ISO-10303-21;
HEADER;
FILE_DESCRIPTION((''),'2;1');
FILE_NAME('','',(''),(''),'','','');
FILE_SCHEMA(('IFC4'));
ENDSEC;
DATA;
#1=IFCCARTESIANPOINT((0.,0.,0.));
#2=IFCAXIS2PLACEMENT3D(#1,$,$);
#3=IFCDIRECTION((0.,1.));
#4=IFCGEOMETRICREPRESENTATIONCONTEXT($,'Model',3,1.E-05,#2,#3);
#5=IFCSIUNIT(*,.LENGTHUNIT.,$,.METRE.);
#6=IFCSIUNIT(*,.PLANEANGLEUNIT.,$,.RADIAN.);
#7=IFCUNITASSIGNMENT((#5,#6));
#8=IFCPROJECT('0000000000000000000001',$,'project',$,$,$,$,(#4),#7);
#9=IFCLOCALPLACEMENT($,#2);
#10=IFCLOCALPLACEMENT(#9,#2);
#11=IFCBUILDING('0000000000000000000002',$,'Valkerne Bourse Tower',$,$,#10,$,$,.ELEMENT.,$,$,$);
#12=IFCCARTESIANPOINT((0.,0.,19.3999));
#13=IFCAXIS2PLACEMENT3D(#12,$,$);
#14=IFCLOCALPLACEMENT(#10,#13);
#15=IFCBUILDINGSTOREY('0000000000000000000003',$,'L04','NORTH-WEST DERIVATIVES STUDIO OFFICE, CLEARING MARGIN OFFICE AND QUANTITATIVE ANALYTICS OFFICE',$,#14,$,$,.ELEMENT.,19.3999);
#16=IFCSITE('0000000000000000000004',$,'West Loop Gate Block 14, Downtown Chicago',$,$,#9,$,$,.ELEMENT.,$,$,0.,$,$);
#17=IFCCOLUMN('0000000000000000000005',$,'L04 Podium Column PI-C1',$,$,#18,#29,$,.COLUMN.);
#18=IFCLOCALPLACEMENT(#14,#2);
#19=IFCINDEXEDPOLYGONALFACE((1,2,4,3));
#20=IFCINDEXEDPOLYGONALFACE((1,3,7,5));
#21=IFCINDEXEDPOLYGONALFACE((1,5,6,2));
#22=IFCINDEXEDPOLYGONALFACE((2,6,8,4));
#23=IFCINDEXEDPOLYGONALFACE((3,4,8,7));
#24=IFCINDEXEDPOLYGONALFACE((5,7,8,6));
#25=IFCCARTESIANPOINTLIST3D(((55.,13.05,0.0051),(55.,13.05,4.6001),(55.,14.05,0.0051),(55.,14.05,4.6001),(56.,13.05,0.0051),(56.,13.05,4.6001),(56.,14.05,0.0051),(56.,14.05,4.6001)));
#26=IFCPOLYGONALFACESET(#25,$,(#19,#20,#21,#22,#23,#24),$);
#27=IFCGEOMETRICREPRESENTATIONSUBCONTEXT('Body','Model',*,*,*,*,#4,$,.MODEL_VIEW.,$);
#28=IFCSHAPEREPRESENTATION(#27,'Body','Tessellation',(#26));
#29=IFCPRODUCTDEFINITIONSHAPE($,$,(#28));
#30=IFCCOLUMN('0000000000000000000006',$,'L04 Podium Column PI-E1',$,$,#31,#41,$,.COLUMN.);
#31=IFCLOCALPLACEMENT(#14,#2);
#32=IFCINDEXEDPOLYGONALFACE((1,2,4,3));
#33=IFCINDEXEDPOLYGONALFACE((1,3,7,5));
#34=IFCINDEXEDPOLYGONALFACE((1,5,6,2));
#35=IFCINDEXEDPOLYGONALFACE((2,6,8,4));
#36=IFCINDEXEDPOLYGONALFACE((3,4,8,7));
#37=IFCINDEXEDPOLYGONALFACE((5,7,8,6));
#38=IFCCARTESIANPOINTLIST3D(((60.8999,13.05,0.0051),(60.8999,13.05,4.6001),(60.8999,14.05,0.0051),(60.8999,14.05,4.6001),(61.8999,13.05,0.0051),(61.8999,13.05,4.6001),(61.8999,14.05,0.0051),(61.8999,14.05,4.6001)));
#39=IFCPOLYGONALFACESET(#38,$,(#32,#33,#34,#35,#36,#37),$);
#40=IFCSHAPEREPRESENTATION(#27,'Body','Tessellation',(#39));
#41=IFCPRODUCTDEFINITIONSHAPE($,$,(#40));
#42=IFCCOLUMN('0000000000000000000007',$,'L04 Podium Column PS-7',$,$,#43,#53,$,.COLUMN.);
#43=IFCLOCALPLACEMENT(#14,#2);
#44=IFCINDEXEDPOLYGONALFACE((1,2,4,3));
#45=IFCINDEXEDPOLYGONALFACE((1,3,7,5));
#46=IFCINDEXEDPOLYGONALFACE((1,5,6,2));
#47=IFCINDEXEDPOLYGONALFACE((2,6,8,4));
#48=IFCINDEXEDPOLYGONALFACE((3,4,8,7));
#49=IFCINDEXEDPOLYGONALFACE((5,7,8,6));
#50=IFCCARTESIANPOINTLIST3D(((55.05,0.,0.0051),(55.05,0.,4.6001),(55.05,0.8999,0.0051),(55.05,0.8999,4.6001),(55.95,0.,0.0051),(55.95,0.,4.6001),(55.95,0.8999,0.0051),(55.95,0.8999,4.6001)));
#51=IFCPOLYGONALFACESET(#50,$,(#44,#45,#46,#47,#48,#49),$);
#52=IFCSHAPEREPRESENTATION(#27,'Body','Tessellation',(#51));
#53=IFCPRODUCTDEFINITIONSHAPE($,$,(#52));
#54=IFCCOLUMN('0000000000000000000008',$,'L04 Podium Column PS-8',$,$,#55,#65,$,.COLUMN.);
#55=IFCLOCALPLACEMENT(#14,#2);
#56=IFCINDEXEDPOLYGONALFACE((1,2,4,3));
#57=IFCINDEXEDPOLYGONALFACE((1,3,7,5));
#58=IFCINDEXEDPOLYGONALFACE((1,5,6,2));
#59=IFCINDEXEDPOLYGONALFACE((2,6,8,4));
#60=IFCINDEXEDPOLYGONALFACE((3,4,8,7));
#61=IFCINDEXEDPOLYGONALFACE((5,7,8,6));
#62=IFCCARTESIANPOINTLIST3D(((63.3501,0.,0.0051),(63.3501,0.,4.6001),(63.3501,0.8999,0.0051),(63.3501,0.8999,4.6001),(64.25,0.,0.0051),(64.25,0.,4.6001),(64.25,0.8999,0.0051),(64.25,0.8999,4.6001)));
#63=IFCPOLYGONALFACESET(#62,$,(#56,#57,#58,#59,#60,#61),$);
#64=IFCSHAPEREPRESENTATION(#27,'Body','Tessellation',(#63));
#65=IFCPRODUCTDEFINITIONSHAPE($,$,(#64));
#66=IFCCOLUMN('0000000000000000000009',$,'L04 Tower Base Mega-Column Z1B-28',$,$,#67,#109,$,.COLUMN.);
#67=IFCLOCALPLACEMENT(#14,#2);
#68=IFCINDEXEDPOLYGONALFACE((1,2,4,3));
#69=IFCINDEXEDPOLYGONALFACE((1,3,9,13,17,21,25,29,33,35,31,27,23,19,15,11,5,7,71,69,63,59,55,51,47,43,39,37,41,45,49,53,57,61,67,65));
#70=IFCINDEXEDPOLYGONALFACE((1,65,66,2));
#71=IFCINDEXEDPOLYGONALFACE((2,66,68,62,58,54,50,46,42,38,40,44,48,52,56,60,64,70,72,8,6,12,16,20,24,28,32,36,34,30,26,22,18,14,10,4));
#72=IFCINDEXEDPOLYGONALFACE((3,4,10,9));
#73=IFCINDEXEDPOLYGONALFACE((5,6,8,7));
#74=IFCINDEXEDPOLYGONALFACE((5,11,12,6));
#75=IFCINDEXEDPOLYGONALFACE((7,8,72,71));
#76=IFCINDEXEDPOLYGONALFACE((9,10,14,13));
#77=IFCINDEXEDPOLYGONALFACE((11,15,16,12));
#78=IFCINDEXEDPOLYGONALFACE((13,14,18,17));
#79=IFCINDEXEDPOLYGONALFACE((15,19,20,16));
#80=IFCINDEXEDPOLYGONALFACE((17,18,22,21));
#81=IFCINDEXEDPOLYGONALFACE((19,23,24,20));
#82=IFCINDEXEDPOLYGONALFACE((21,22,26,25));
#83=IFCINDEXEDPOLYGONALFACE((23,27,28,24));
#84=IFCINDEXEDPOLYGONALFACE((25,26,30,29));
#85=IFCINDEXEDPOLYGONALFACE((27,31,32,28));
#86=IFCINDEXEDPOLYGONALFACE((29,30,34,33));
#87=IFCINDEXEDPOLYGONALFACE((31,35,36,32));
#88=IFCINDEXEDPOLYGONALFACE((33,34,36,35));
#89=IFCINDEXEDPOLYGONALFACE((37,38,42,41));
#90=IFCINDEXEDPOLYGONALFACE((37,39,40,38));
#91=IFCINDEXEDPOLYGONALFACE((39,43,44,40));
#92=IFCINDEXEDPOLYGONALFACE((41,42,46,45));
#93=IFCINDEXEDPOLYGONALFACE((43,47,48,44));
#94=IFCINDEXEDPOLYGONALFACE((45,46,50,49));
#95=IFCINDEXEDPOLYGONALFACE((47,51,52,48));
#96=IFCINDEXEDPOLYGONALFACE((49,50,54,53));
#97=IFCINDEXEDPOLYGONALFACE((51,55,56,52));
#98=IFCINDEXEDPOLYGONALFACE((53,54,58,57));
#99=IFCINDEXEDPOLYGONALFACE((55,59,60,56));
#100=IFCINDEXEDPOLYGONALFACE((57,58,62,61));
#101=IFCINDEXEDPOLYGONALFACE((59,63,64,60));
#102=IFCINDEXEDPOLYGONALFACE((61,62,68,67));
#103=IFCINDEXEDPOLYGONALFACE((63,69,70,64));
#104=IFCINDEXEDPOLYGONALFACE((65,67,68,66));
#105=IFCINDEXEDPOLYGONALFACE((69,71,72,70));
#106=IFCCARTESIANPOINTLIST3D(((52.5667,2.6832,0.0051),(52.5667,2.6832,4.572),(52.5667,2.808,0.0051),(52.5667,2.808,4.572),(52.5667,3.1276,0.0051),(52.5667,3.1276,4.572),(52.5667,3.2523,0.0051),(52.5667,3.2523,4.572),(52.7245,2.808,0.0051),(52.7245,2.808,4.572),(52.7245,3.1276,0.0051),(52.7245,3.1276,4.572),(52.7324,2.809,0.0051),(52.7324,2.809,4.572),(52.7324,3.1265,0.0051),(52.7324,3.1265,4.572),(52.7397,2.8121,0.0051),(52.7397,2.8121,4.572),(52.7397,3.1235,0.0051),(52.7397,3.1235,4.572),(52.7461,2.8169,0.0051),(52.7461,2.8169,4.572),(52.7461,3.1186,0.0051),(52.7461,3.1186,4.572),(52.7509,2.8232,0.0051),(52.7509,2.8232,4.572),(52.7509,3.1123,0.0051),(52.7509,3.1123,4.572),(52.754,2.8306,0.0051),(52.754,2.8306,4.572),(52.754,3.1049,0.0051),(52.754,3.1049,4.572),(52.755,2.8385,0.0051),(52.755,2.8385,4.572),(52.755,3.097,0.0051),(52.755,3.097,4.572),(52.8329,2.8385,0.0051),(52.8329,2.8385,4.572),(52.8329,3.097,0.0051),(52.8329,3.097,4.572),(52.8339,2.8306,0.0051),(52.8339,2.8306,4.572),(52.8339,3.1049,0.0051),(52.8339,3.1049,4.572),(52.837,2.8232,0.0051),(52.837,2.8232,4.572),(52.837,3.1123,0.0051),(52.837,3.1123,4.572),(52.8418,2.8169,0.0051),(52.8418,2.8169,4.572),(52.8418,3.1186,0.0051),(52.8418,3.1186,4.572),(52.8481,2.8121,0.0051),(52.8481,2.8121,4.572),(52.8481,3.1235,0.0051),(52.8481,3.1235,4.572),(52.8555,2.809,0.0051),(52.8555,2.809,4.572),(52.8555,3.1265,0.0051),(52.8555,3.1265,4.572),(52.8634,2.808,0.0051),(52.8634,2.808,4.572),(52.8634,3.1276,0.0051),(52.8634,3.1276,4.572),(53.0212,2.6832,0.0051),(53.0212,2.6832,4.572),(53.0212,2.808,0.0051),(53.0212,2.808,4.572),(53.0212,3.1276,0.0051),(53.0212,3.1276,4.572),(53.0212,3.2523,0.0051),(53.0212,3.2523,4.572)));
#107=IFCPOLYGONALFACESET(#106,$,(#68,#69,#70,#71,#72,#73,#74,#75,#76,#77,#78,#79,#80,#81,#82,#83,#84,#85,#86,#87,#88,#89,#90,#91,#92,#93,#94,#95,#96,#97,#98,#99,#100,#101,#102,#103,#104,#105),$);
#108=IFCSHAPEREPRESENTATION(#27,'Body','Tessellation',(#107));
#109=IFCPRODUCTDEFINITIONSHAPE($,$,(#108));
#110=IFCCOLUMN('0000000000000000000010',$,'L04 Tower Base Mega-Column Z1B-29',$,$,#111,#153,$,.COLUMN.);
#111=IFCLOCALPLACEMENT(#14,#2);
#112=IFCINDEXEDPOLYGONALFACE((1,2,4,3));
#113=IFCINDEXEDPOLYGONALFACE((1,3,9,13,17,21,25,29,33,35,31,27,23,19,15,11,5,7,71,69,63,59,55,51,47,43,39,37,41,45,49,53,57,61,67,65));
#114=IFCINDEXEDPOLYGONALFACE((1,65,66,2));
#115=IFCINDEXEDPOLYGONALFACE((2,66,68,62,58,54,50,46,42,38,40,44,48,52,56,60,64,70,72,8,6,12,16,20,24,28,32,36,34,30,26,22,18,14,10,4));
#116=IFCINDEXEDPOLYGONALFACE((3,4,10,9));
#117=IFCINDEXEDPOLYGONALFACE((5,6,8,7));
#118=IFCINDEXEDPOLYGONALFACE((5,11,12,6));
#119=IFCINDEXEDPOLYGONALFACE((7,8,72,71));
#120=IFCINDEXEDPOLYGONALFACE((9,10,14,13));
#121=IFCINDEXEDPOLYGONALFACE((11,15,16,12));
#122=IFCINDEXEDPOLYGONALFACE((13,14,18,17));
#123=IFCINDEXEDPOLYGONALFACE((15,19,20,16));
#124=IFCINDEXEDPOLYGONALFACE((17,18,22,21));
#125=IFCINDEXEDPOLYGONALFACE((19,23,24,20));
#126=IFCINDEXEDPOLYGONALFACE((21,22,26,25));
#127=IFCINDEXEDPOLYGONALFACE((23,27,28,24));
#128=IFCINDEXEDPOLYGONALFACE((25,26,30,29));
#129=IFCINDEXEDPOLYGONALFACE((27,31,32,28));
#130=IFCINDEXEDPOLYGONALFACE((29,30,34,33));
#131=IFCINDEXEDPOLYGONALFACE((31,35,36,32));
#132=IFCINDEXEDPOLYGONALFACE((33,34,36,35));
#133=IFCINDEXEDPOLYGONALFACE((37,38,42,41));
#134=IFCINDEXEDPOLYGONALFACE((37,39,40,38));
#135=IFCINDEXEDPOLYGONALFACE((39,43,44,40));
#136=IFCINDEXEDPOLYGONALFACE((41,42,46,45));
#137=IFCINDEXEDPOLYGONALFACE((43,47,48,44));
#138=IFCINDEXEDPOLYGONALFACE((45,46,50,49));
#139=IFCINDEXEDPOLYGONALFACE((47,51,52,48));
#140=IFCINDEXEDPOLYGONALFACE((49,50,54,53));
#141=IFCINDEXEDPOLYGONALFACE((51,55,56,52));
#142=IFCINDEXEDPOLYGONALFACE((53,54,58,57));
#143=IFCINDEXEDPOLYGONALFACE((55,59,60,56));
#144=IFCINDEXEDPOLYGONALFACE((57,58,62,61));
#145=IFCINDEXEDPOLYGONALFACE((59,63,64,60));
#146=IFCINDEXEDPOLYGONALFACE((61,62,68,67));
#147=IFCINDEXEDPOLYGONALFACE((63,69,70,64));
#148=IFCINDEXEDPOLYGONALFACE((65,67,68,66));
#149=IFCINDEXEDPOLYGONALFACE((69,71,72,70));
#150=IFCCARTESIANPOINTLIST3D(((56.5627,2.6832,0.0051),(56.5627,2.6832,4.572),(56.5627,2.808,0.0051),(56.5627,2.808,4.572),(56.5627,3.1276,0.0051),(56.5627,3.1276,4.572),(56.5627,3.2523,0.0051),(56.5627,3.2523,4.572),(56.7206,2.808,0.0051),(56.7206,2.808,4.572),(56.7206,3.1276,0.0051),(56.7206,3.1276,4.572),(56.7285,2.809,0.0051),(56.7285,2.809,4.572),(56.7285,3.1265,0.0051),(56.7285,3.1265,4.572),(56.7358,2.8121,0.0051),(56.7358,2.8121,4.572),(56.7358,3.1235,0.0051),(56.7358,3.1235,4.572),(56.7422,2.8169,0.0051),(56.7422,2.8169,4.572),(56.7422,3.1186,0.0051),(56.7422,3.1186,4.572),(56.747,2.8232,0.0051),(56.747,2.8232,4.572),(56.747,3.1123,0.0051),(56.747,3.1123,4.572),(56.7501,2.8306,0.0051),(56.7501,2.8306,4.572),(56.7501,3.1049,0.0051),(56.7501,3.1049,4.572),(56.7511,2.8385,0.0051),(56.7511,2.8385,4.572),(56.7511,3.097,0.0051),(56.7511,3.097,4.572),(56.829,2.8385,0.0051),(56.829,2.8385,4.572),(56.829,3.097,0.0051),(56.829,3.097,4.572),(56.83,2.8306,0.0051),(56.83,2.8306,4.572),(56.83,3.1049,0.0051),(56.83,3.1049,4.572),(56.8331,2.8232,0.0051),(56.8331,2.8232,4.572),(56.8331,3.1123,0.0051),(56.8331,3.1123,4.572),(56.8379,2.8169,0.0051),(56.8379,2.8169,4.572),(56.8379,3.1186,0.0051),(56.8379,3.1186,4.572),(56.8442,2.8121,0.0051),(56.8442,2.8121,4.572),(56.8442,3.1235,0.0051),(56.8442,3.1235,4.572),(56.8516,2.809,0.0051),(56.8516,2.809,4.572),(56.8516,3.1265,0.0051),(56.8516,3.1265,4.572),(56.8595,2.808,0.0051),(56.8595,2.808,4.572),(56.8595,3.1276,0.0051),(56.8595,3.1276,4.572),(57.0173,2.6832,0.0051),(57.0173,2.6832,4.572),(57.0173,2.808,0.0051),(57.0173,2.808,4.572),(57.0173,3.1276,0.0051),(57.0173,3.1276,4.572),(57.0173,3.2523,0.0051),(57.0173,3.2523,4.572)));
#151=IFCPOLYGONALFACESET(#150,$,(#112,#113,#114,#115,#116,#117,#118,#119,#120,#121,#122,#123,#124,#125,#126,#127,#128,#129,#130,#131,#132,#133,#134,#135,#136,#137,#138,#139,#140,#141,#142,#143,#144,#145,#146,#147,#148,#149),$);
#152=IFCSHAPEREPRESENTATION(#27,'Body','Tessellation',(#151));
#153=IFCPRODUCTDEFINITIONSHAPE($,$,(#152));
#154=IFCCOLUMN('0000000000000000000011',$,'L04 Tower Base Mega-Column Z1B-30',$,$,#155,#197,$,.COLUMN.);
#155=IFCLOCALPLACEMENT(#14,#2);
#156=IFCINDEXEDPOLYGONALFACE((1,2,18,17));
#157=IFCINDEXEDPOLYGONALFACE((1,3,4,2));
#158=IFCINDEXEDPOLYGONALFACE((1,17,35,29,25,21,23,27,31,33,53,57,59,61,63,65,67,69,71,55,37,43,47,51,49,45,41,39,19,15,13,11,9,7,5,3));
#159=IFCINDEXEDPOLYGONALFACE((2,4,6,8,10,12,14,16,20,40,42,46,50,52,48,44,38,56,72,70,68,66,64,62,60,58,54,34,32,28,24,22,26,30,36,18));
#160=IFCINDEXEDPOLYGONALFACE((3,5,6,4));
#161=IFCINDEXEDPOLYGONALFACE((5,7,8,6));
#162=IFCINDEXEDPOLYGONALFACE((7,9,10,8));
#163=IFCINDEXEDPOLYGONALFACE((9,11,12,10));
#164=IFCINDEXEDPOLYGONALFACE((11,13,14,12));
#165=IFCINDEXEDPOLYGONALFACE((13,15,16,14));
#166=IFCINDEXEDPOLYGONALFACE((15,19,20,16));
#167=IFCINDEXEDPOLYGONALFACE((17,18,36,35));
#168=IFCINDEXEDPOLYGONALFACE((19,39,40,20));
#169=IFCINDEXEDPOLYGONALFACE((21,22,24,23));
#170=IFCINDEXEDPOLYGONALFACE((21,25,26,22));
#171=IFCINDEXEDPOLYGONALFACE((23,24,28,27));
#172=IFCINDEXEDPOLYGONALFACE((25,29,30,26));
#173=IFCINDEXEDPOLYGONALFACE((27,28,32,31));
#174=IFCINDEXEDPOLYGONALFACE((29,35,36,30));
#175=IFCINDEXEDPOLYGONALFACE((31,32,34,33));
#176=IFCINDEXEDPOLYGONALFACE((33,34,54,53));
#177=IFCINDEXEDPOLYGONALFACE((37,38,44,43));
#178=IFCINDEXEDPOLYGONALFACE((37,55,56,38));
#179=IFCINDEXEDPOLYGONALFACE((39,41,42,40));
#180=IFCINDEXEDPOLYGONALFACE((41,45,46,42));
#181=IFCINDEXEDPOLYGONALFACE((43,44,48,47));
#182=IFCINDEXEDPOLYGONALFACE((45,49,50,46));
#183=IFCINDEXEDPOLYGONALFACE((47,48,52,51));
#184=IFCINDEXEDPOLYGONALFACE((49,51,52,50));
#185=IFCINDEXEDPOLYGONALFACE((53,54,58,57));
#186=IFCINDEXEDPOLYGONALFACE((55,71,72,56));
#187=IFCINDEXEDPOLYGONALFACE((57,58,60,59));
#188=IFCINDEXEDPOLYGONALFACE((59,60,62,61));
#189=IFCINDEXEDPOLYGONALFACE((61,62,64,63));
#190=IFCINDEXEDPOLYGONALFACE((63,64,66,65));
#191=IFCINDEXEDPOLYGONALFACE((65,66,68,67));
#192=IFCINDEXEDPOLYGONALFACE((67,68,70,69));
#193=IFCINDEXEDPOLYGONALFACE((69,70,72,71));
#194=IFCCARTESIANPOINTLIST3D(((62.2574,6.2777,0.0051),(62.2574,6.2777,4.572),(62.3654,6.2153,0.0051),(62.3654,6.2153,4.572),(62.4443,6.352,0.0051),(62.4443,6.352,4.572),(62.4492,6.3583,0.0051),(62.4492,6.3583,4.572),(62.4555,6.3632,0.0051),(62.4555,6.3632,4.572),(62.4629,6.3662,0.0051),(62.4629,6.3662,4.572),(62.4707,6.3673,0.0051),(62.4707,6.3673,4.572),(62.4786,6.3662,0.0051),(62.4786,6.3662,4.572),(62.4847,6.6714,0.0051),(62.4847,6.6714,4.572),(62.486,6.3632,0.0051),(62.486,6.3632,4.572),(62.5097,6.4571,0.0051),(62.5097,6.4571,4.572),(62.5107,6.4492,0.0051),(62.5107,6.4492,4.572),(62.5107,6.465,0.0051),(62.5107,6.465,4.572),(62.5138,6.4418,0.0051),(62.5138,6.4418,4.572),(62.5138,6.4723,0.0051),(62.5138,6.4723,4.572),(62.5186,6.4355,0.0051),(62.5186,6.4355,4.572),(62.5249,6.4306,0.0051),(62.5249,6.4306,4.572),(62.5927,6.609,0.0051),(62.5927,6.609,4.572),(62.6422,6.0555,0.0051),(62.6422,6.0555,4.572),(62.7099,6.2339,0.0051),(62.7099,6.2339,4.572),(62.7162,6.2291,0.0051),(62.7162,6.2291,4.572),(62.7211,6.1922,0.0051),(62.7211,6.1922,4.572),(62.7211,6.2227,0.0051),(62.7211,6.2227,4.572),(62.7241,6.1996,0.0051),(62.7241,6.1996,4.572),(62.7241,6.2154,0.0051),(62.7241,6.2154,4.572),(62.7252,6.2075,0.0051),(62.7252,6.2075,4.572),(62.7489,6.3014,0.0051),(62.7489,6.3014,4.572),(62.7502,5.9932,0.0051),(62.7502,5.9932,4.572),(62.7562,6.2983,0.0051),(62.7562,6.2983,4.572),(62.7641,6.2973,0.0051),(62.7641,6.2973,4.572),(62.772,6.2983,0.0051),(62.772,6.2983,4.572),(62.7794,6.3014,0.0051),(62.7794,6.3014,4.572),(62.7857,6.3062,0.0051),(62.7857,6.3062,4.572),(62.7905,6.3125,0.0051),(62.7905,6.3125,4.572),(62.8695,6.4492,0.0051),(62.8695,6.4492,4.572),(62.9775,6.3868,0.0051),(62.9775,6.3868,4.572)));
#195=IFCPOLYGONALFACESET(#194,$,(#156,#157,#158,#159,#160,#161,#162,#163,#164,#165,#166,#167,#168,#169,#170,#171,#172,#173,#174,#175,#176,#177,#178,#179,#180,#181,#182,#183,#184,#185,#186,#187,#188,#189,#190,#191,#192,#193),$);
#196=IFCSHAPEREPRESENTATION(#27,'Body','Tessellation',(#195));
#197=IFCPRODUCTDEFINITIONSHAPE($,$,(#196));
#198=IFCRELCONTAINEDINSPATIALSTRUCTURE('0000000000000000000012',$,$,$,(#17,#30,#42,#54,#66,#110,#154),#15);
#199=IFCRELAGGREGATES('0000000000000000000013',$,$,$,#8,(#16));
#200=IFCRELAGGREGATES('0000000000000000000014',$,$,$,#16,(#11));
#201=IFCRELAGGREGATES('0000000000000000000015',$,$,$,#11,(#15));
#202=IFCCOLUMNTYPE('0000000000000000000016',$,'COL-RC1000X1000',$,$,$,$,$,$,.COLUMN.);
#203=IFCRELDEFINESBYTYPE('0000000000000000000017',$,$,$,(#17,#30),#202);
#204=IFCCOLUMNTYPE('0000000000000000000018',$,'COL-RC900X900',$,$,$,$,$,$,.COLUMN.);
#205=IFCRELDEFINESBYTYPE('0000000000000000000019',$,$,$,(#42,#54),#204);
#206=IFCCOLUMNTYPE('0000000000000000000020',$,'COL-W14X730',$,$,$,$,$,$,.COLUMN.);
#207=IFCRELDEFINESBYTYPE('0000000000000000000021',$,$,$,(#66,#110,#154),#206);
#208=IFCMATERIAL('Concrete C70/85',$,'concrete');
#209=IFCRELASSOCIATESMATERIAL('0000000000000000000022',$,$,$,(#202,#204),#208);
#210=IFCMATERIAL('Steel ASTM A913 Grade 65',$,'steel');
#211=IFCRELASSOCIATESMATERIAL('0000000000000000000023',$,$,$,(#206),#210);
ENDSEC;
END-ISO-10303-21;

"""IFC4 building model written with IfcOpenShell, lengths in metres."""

from ifc_helpers import new_model, si_unit, direction, frame, origin, origin_2d, place, context, subcontext, project, spatial, rectangle, i_section, extrude, material, material_profile, profile_set, type_object, element, save


model = new_model("IFC4")

# Units and contexts
model_context = context("Model", 3, precision=1e-05, world=origin(), true_north=direction((0.0, 1.0)))
body_context = subcontext(model_context, "Body", "Model", "MODEL_VIEW")
ifc_project = project(units=[si_unit("LENGTHUNIT", "METRE"), si_unit("PLANEANGLEUNIT", "RADIAN")], contexts=[model_context])

# Site, building, storey
site_placement = place(None, origin())
site = spatial("IfcSite", under=ifc_project, at=site_placement, Name="West Loop Gate Block 14, Downtown Chicago", CompositionType="ELEMENT", RefElevation=0.0)
building_placement = place(site_placement, origin())
building = spatial("IfcBuilding", under=site, at=building_placement, Name="Valkerne Bourse Tower", CompositionType="ELEMENT")
storey_placement = place(building_placement, frame((0.0, 0.0, 19.3999)))
storey = spatial("IfcBuildingStorey", under=building, at=storey_placement, Name="L04", Description="NORTH-WEST DERIVATIVES STUDIO OFFICE, CLEARING MARGIN OFFICE AND QUANTITATIVE ANALYTICS OFFICE", CompositionType="ELEMENT", Elevation=19.3999)

# Columns
ifc_material_1 = material(Name="Concrete C70/85", Category="concrete")
ifc_material_profile_1 = material_profile(ifc_material_1, rectangle(XDim=1.0, YDim=1.0, at=origin_2d()), Name="RC1000X1000")
ifc_profile_set_1 = profile_set([ifc_material_profile_1], Name="Concrete C70/85")
column_type_1 = type_object("IfcColumnType", Name="COL-RC1000X1000", PredefinedType="COLUMN", material=ifc_profile_set_1)
for number, where, z_axis, x_axis, name in (
    (1, (55.5, 13.55, 0.0051), (0.0, 0.0, 1.0), (1.0, 0.0, 0.0), "L04 Podium Column PI-C1"),
    (2, (61.3999, 13.55, 0.0051), (0.0, 0.0, 1.0), (1.0, 0.0, 0.0), "L04 Podium Column PI-E1"),
):
    element("IfcColumn", number, at=place(storey_placement, frame(where, z_axis=z_axis, x_axis=x_axis)), inside=storey, type_object=column_type_1, Name=name, PredefinedType="COLUMN", context=body_context, shape_type="SweptSolid", body=[
        extrude(rectangle(XDim=1.0, YDim=1.0, at=origin_2d()), origin(), (0.0, 0.0, 1.0), 4.595),
    ])
ifc_material_profile_2 = material_profile(ifc_material_1, rectangle(XDim=0.8999, YDim=0.8999, at=origin_2d()), Name="RC900X900")
ifc_profile_set_2 = profile_set([ifc_material_profile_2], Name="Concrete C70/85")
column_type_2 = type_object("IfcColumnType", Name="COL-RC900X900", PredefinedType="COLUMN", material=ifc_profile_set_2)
for number, where, z_axis, x_axis, name in (
    (3, (55.5, 0.45, 0.0051), (0.0, 0.0, 1.0), (1.0, 0.0, 0.0), "L04 Podium Column PS-7"),
    (4, (63.8, 0.45, 0.0051), (0.0, 0.0, 1.0), (1.0, 0.0, 0.0), "L04 Podium Column PS-8"),
):
    element("IfcColumn", number, at=place(storey_placement, frame(where, z_axis=z_axis, x_axis=x_axis)), inside=storey, type_object=column_type_2, Name=name, PredefinedType="COLUMN", context=body_context, shape_type="SweptSolid", body=[
        extrude(rectangle(XDim=0.8999, YDim=0.8999, at=origin_2d()), origin(), (0.0, 0.0, 1.0), 4.595),
    ])
ifc_material_2 = material(Name="Steel ASTM A913 Grade 65", Category="steel")
ifc_material_profile_3 = material_profile(ifc_material_2, i_section(OverallWidth=0.4546, OverallDepth=0.5691, WebThickness=0.0779, FlangeThickness=0.1248, FilletRadius=0.0305, at=origin_2d()), Name="W14X730")
ifc_profile_set_3 = profile_set([ifc_material_profile_3], Name="Steel ASTM A913 Grade 65")
column_type_3 = type_object("IfcColumnType", Name="COL-W14X730", PredefinedType="COLUMN", material=ifc_profile_set_3)
for number, where, z_axis, x_axis, name in (
    (5, (52.7939, 2.9678, 0.0051), (0.0, 0.0, 1.0), (1.0, 0.0, 0.0), "L04 Tower Base Mega-Column Z1B-28"),
    (6, (56.79, 2.9678, 0.0051), (0.0, 0.0, 1.0), (1.0, 0.0, 0.0), "L04 Tower Base Mega-Column Z1B-29"),
    (7, (62.6174, 6.3323, 0.0051), (0.0, 0.0, 1.0), (0.5, 0.866025, 0.0), "L04 Tower Base Mega-Column Z1B-30"),
):
    element("IfcColumn", number, at=place(storey_placement, frame(where, z_axis=z_axis, x_axis=x_axis)), inside=storey, type_object=column_type_3, Name=name, PredefinedType="COLUMN", context=body_context, shape_type="SweptSolid", body=[
        extrude(i_section(OverallWidth=0.4546, OverallDepth=0.5691, WebThickness=0.0779, FlangeThickness=0.1248, FilletRadius=0.0305, at=origin_2d()), origin(), (0.0, 0.0, 1.0), 4.5669),
    ])

save(model, "model.ifc")
